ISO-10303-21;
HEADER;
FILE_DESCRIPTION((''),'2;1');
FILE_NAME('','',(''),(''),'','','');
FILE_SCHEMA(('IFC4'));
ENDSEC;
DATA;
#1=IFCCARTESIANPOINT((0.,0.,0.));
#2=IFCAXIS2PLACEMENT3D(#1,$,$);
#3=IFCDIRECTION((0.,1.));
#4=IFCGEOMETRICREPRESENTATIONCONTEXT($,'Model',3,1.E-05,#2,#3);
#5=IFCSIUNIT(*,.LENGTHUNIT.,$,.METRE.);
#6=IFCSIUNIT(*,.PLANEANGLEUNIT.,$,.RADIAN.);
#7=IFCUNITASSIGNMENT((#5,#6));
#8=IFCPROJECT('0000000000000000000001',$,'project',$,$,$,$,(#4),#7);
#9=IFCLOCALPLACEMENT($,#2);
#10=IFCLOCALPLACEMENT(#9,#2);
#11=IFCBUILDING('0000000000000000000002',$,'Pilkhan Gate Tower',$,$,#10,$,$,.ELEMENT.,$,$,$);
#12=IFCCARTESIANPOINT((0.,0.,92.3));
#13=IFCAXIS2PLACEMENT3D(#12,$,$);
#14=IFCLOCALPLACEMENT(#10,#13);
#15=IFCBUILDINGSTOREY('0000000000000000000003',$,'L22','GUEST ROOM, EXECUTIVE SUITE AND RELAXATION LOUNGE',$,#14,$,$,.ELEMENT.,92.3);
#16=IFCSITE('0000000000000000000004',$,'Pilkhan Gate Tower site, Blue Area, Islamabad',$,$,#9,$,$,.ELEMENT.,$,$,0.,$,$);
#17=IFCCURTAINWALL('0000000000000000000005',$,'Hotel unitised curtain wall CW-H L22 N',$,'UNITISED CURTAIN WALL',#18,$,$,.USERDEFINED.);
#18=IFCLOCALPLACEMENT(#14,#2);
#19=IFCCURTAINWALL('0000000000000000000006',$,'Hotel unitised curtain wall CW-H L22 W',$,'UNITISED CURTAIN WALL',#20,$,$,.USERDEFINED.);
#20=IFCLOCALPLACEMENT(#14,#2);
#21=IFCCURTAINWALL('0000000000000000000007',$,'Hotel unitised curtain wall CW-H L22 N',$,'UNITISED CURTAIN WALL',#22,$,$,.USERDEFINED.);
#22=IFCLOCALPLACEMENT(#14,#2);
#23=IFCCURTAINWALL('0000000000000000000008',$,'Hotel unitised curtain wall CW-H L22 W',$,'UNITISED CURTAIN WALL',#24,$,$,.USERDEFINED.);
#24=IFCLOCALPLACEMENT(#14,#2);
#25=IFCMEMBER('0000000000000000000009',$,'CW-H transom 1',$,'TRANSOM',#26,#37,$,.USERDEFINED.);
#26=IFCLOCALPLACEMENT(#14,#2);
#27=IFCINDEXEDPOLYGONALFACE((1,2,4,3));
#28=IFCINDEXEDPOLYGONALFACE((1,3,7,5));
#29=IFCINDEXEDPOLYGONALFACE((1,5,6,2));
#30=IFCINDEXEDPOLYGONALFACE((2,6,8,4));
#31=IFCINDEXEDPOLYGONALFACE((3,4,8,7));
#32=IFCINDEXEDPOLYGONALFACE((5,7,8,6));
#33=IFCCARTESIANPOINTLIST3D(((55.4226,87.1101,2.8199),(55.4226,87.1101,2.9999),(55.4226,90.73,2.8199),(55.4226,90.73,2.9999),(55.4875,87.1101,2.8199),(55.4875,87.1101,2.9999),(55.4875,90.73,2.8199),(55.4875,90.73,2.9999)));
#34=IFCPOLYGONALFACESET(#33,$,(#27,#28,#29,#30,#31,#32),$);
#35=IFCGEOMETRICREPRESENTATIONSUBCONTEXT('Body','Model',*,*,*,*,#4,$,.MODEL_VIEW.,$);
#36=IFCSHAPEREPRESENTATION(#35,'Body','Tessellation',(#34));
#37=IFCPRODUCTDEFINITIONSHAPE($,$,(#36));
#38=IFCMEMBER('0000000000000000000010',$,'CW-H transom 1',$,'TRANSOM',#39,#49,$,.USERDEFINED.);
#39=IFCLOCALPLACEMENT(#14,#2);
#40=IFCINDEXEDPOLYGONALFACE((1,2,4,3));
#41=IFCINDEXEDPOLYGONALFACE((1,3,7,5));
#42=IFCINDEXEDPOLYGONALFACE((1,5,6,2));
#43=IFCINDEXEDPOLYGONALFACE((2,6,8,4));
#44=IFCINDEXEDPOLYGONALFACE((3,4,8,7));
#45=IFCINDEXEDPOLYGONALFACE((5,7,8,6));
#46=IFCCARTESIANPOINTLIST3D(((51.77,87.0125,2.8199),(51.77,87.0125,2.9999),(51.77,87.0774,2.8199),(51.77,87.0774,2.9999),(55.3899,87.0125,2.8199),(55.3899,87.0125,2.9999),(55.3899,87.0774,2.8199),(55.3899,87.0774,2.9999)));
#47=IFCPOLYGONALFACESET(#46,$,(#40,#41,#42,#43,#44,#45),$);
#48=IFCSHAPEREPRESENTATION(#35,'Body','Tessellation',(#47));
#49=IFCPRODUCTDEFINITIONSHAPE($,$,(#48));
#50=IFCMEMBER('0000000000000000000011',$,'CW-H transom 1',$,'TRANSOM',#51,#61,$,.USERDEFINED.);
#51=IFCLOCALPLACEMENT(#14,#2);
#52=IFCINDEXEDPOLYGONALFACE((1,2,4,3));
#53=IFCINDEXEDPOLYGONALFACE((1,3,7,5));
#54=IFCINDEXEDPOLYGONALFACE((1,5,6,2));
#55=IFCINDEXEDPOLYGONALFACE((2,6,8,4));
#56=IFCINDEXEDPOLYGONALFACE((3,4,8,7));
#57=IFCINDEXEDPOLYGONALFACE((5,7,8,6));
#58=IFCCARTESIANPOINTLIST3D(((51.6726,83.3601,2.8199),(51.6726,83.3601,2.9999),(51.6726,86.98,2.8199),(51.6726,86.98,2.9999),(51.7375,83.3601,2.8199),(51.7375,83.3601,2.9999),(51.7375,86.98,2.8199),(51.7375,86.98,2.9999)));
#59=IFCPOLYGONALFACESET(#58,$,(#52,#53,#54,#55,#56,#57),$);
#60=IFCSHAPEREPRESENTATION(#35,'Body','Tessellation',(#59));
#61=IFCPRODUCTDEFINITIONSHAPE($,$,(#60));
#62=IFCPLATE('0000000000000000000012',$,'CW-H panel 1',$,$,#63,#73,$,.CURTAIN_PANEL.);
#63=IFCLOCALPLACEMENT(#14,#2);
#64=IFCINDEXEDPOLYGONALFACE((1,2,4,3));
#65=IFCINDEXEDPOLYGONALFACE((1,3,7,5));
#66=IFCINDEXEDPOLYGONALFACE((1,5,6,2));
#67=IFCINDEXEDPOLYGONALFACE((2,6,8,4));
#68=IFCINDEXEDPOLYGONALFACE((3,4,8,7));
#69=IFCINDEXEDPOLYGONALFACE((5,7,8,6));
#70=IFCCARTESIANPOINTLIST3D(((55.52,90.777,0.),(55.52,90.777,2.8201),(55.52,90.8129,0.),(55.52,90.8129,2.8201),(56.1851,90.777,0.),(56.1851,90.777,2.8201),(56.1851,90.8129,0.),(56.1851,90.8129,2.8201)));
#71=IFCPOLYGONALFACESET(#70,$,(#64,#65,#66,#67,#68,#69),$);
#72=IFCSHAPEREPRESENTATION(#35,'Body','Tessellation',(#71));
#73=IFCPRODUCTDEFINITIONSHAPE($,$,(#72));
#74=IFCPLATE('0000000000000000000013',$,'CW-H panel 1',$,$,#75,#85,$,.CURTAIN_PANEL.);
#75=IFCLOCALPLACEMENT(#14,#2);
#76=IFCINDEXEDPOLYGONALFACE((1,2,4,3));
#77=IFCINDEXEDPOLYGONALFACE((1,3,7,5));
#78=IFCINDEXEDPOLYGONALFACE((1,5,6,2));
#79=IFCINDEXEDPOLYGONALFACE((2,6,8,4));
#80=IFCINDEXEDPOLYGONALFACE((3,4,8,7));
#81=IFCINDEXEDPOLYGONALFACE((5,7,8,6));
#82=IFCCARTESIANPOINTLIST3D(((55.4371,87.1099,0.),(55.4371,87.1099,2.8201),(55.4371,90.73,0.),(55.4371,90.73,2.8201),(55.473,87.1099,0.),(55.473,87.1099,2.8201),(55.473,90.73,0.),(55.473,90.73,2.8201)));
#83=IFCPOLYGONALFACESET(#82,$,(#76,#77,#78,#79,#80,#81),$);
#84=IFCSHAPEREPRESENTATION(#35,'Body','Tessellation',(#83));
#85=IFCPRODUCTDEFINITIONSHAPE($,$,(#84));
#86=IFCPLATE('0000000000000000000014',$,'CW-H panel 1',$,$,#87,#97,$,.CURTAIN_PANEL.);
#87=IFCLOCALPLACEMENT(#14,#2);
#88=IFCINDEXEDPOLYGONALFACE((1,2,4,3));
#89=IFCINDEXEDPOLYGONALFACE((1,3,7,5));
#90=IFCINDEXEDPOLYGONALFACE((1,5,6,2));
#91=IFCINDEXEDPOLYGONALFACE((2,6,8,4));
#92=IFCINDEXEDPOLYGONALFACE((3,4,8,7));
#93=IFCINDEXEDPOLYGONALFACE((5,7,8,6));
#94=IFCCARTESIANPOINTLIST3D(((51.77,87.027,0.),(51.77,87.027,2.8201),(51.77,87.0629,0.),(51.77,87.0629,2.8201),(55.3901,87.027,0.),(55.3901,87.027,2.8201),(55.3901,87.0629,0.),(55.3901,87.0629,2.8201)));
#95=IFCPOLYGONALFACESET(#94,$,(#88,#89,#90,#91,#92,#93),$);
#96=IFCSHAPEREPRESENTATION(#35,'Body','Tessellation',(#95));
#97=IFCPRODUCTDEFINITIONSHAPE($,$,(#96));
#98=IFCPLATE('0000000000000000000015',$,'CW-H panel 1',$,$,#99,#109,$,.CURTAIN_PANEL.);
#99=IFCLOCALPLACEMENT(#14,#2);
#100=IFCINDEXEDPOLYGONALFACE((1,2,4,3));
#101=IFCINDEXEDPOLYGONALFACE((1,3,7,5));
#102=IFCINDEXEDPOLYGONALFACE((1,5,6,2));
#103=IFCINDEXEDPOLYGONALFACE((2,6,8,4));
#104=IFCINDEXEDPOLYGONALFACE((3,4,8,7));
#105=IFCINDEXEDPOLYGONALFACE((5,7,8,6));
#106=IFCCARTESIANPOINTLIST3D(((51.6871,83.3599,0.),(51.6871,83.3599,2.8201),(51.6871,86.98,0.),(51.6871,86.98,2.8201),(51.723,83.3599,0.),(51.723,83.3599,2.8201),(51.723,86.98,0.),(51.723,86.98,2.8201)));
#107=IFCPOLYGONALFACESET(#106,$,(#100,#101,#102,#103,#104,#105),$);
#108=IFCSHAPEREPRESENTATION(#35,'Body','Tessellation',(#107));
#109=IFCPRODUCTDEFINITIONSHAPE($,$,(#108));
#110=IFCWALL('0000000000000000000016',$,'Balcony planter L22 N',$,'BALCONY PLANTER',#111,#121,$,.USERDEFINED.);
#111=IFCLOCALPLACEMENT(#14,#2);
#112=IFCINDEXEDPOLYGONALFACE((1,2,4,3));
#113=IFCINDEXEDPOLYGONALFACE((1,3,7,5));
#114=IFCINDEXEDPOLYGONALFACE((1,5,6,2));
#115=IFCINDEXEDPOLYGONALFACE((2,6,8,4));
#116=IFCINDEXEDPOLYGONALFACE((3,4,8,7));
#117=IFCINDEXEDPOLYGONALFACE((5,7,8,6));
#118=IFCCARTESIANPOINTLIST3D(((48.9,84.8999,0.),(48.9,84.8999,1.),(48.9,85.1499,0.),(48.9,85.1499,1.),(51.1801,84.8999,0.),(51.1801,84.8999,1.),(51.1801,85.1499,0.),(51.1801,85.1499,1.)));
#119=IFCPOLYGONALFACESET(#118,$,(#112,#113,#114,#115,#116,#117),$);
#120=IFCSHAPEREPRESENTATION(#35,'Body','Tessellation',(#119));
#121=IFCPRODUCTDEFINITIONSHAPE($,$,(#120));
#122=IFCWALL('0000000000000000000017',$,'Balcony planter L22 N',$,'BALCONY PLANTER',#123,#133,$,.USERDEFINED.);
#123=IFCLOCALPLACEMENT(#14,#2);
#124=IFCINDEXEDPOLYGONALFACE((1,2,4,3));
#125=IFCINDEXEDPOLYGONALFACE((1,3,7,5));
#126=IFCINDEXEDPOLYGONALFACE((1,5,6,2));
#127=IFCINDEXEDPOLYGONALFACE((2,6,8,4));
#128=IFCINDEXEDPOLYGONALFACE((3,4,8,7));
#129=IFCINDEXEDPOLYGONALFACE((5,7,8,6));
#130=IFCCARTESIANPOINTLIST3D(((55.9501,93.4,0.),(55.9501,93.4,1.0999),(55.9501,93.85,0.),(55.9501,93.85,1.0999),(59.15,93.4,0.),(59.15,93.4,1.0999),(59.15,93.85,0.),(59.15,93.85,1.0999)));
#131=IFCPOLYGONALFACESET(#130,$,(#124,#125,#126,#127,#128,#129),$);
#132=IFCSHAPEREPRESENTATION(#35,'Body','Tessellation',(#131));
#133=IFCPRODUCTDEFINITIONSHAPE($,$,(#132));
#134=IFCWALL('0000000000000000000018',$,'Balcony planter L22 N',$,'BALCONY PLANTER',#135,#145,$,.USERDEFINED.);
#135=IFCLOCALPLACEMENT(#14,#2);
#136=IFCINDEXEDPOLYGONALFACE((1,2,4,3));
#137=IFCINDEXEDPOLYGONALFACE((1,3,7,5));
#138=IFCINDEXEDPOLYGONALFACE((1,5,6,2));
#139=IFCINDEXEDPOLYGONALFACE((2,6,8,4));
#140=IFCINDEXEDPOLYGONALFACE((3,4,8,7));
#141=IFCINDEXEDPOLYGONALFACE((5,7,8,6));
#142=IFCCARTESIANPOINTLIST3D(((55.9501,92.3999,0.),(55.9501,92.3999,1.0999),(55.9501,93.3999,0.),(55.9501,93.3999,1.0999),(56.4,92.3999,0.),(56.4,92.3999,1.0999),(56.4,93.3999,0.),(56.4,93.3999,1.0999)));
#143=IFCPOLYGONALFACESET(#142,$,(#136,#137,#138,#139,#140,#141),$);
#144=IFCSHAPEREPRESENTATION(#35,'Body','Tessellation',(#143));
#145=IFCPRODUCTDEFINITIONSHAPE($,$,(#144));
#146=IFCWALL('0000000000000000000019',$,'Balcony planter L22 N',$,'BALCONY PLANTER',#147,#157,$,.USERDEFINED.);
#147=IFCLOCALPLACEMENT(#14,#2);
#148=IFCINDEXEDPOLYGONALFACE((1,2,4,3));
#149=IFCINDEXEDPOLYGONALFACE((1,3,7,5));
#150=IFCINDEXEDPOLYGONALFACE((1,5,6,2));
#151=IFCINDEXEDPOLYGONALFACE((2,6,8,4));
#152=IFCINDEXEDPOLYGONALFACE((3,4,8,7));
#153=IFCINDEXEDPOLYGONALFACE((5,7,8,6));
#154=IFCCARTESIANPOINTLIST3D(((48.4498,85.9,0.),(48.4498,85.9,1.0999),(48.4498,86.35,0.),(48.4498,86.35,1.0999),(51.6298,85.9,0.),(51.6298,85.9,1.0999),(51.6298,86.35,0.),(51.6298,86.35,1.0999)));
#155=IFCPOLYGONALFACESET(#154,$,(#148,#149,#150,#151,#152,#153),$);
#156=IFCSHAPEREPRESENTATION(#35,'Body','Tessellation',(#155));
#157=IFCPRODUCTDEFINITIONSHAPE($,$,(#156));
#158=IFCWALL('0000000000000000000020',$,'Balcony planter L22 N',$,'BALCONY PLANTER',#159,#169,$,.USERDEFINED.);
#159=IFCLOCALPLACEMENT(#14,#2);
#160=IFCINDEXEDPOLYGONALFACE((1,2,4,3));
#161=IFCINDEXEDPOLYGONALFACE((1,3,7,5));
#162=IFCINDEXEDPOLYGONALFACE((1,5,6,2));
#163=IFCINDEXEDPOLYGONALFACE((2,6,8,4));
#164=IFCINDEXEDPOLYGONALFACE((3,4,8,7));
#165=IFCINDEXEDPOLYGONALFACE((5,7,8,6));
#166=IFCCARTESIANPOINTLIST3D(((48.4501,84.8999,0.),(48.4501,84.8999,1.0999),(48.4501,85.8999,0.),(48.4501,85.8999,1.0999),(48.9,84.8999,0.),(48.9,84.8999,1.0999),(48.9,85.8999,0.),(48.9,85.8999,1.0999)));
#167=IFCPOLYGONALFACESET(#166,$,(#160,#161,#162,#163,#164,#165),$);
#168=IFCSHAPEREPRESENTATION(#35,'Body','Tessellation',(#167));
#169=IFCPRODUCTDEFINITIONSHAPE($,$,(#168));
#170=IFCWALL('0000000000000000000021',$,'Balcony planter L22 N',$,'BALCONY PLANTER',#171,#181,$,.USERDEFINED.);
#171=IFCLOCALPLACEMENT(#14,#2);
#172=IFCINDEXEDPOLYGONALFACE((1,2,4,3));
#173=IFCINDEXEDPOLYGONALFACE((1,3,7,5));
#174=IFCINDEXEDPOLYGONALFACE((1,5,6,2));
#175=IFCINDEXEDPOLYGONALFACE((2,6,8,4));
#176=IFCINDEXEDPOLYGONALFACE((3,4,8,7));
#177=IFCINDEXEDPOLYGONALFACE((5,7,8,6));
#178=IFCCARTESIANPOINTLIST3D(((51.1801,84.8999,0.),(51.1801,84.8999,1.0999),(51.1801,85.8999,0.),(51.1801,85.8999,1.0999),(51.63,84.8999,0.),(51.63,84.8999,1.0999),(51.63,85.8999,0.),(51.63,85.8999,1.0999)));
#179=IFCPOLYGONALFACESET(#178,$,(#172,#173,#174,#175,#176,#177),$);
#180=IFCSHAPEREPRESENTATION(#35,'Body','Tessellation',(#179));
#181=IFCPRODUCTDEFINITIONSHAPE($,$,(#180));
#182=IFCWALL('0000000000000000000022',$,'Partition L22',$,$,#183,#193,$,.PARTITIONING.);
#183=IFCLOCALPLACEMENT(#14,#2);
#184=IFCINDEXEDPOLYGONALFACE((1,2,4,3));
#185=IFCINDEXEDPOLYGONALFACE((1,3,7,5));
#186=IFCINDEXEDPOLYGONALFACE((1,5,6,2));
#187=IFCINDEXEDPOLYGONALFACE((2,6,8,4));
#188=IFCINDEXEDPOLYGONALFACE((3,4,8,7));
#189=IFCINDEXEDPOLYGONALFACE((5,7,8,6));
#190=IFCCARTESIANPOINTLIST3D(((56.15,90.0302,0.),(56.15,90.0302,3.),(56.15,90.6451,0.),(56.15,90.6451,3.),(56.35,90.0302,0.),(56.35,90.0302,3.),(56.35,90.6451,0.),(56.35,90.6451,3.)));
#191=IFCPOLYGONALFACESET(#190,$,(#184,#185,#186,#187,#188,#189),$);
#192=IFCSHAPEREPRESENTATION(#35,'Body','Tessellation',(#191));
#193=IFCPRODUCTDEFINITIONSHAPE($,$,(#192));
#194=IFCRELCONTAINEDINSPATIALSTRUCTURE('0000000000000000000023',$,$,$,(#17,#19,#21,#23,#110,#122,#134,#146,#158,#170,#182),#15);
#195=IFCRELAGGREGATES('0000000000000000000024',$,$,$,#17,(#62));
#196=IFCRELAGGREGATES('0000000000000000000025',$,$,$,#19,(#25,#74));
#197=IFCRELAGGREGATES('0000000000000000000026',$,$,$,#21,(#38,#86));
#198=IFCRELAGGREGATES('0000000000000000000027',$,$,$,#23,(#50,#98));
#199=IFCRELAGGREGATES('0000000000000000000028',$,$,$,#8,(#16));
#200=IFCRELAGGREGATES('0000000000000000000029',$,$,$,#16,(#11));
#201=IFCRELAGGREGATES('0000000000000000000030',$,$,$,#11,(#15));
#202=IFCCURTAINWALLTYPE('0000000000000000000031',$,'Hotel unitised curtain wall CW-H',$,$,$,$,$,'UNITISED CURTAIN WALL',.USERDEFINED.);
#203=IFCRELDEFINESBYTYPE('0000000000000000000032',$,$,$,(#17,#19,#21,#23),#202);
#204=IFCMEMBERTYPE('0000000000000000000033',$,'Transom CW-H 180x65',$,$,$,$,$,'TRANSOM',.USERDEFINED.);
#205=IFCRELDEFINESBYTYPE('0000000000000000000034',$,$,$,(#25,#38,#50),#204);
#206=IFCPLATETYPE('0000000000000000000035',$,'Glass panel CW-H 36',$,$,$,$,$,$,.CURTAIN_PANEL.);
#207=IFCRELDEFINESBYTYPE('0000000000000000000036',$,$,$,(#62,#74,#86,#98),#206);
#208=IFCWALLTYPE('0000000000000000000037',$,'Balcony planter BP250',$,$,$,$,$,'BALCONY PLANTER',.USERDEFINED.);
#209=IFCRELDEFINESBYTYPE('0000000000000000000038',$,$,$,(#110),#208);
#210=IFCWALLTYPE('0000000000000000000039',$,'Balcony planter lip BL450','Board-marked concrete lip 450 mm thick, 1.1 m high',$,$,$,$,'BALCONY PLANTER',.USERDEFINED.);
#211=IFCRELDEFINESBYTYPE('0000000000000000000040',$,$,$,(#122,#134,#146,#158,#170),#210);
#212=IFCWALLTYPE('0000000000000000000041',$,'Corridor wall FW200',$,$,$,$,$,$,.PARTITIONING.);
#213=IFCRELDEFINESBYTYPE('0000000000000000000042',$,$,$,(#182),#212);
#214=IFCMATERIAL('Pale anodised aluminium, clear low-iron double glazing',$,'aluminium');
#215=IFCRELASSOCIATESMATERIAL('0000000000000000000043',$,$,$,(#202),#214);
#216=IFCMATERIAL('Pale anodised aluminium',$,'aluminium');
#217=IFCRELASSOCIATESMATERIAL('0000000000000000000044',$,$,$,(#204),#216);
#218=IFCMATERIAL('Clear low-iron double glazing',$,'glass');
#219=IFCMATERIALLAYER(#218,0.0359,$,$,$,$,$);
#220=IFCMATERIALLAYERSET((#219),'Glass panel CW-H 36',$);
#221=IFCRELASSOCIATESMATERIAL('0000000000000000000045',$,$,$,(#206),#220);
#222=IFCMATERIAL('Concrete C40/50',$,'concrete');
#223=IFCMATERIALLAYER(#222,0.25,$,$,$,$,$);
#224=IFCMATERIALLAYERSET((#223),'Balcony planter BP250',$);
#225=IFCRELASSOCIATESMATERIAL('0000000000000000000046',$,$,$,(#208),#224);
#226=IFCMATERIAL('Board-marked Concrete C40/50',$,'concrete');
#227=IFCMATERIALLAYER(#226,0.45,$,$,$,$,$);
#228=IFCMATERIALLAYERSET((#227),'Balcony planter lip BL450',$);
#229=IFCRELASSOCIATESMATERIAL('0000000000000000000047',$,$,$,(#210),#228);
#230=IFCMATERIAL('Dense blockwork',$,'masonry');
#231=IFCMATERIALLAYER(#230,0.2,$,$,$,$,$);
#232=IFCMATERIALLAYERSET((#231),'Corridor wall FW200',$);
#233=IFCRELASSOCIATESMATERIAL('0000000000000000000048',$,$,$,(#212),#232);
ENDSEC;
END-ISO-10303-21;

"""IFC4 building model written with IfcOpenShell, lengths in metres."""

from ifc_helpers import new_model, si_unit, direction, frame, frame_2d, origin, origin_2d, place, context, subcontext, project, spatial, rectangle, extrude, material, layer, layer_set, material_profile, profile_set, type_object, element, aggregate, save


model = new_model("IFC4")

# Units and contexts
model_context = context("Model", 3, precision=1e-05, world=origin(), true_north=direction((0.0, 1.0)))
body_context = subcontext(model_context, "Body", "Model", "MODEL_VIEW")
ifc_project = project(units=[si_unit("LENGTHUNIT", "METRE"), si_unit("PLANEANGLEUNIT", "RADIAN")], contexts=[model_context])

# Site, building, storey
site_placement = place(None, origin())
site = spatial("IfcSite", under=ifc_project, at=site_placement, Name="Pilkhan Gate Tower site, Blue Area, Islamabad", CompositionType="ELEMENT", RefElevation=0.0)
building_placement = place(site_placement, origin())
building = spatial("IfcBuilding", under=site, at=building_placement, Name="Pilkhan Gate Tower", CompositionType="ELEMENT")
storey_placement = place(building_placement, frame((0.0, 0.0, 92.3)))
storey = spatial("IfcBuildingStorey", under=building, at=storey_placement, Name="L22", Description="GUEST ROOM, EXECUTIVE SUITE AND RELAXATION LOUNGE", CompositionType="ELEMENT", Elevation=92.3)

# Curtain walls
ifc_material_1 = material(Name="Pale anodised aluminium, clear low-iron double glazing", Category="aluminium")
curtain_wall_type = type_object("IfcCurtainWallType", Name="Hotel unitised curtain wall CW-H", ElementType="UNITISED CURTAIN WALL", PredefinedType="USERDEFINED", material=ifc_material_1)
curtain_wall_1_placement = place(storey_placement, origin())
curtain_wall_1 = element("IfcCurtainWall", 1, at=curtain_wall_1_placement, inside=storey, type_object=curtain_wall_type, Name="Hotel unitised curtain wall CW-H L22 N", ObjectType="UNITISED CURTAIN WALL", PredefinedType="USERDEFINED")
ifc_material_2 = material(Name="Pale anodised aluminium", Category="aluminium")
curtain_wall_2_placement = place(storey_placement, origin())
curtain_wall_2 = element("IfcCurtainWall", 2, at=curtain_wall_2_placement, inside=storey, type_object=curtain_wall_type, Name="Hotel unitised curtain wall CW-H L22 W", ObjectType="UNITISED CURTAIN WALL", PredefinedType="USERDEFINED")
curtain_wall_3_placement = place(storey_placement, origin())
curtain_wall_3 = element("IfcCurtainWall", 3, at=curtain_wall_3_placement, inside=storey, type_object=curtain_wall_type, Name="Hotel unitised curtain wall CW-H L22 N", ObjectType="UNITISED CURTAIN WALL", PredefinedType="USERDEFINED")
curtain_wall_4_placement = place(storey_placement, origin())
curtain_wall_4 = element("IfcCurtainWall", 4, at=curtain_wall_4_placement, inside=storey, type_object=curtain_wall_type, Name="Hotel unitised curtain wall CW-H L22 W", ObjectType="UNITISED CURTAIN WALL", PredefinedType="USERDEFINED")

# Members
ifc_material_profile_1 = material_profile(ifc_material_2, rectangle(XDim=0.0649, YDim=0.1799, at=origin_2d()), Name="Transom 180x65")
ifc_profile_set_1 = profile_set([ifc_material_profile_1], Name="Pale anodised aluminium")
member_type_1 = type_object("IfcMemberType", Name="Transom CW-H 180x65", ElementType="TRANSOM", PredefinedType="USERDEFINED", material=ifc_profile_set_1)
member_1_placement = place(storey_placement, frame((55.4551, 87.1101, 2.9099), z_axis=(0.0, 1.0, 0.0), x_axis=(-1.0, 0.0, 0.0)))
member_1 = element("IfcMember", 5, at=member_1_placement, type_object=member_type_1, Name="CW-H transom 1", ObjectType="TRANSOM", PredefinedType="USERDEFINED", context=body_context, shape_type="SweptSolid", body=[
    extrude(rectangle(XDim=0.0649, YDim=0.1799, at=origin_2d()), origin(), (0.0, 0.0, 1.0), 3.6199),
])
member_2_placement = place(storey_placement, frame((51.77, 87.0449, 2.9099), z_axis=(1.0, 0.0, 0.0), x_axis=(0.0, 1.0, 0.0)))
member_2 = element("IfcMember", 6, at=member_2_placement, type_object=member_type_1, Name="CW-H transom 1", ObjectType="TRANSOM", PredefinedType="USERDEFINED", context=body_context, shape_type="SweptSolid", body=[
    extrude(rectangle(XDim=0.0649, YDim=0.1799, at=origin_2d()), origin(), (0.0, 0.0, 1.0), 3.6199),
])
member_3_placement = place(storey_placement, frame((51.7051, 83.3601, 2.9099), z_axis=(0.0, 1.0, 0.0), x_axis=(-1.0, 0.0, 0.0)))
member_3 = element("IfcMember", 7, at=member_3_placement, type_object=member_type_1, Name="CW-H transom 1", ObjectType="TRANSOM", PredefinedType="USERDEFINED", context=body_context, shape_type="SweptSolid", body=[
    extrude(rectangle(XDim=0.0649, YDim=0.1799, at=origin_2d()), origin(), (0.0, 0.0, 1.0), 3.6199),
])

# Plates
ifc_material_3 = material(Name="Clear low-iron double glazing", Category="glass")
ifc_layer_1 = layer(ifc_material_3, 0.0359)
ifc_layer_set_1 = layer_set([ifc_layer_1], Name="Glass panel CW-H 36")
plate_type = type_object("IfcPlateType", Name="Glass panel CW-H 36", PredefinedType="CURTAIN_PANEL", material=ifc_layer_set_1)
plate_1_placement = place(storey_placement, frame((55.8525, 90.7949, 0.0), z_axis=(0.0, 0.0, 1.0), x_axis=(1.0, 0.0, 0.0)))
plate_1 = element("IfcPlate", 8, at=plate_1_placement, type_object=plate_type, Name="CW-H panel 1", PredefinedType="CURTAIN_PANEL", context=body_context, shape_type="SweptSolid", body=[
    extrude(rectangle(XDim=0.665, YDim=0.0359, at=origin_2d()), origin(), (0.0, 0.0, 1.0), 2.8201),
])
aggregate(curtain_wall_1, [plate_1])
plate_2_placement = place(storey_placement, frame((55.4551, 88.9199, 0.0), z_axis=(0.0, 0.0, 1.0), x_axis=(0.0, 1.0, 0.0)))
plate_2 = element("IfcPlate", 9, at=plate_2_placement, type_object=plate_type, Name="CW-H panel 1", PredefinedType="CURTAIN_PANEL", context=body_context, shape_type="SweptSolid", body=[
    extrude(rectangle(XDim=3.6201, YDim=0.0359, at=origin_2d()), origin(), (0.0, 0.0, 1.0), 2.8201),
])
aggregate(curtain_wall_2, [member_1, plate_2])
plate_3_placement = place(storey_placement, frame((53.5801, 87.0449, 0.0), z_axis=(0.0, 0.0, 1.0), x_axis=(1.0, 0.0, 0.0)))
plate_3 = element("IfcPlate", 10, at=plate_3_placement, type_object=plate_type, Name="CW-H panel 1", PredefinedType="CURTAIN_PANEL", context=body_context, shape_type="SweptSolid", body=[
    extrude(rectangle(XDim=3.6201, YDim=0.0359, at=origin_2d()), origin(), (0.0, 0.0, 1.0), 2.8201),
])
aggregate(curtain_wall_3, [member_2, plate_3])
plate_4_placement = place(storey_placement, frame((51.7051, 85.1699, 0.0), z_axis=(0.0, 0.0, 1.0), x_axis=(0.0, 1.0, 0.0)))
plate_4 = element("IfcPlate", 11, at=plate_4_placement, type_object=plate_type, Name="CW-H panel 1", PredefinedType="CURTAIN_PANEL", context=body_context, shape_type="SweptSolid", body=[
    extrude(rectangle(XDim=3.6201, YDim=0.0359, at=origin_2d()), origin(), (0.0, 0.0, 1.0), 2.8201),
])
aggregate(curtain_wall_4, [member_3, plate_4])

# Walls
ifc_material_4 = material(Name="Concrete C40/50", Category="concrete")
ifc_layer_2 = layer(ifc_material_4, 0.25)
ifc_layer_set_2 = layer_set([ifc_layer_2], Name="Balcony planter BP250")
wall_type_1 = type_object("IfcWallType", Name="Balcony planter BP250", ElementType="BALCONY PLANTER", PredefinedType="USERDEFINED", material=ifc_layer_set_2)
wall_1_placement = place(storey_placement, frame((48.8999, 85.0249, 0.0), z_axis=(0.0, 0.0, 1.0), x_axis=(1.0, 0.0, 0.0)))
element("IfcWall", 12, at=wall_1_placement, inside=storey, type_object=wall_type_1, Name="Balcony planter L22 N", ObjectType="BALCONY PLANTER", PredefinedType="USERDEFINED", context=body_context, shape_type="SweptSolid", body=[
    extrude(rectangle(XDim=2.28, YDim=0.25, at=frame_2d((1.1401, 0.0))), origin(), (0.0, 0.0, 1.0), 1.0),
])
ifc_material_5 = material(Name="Board-marked Concrete C40/50", Category="concrete")
ifc_layer_3 = layer(ifc_material_5, 0.45)
ifc_layer_set_3 = layer_set([ifc_layer_3], Name="Balcony planter lip BL450")
wall_type_2 = type_object("IfcWallType", Name="Balcony planter lip BL450", Description="Board-marked concrete lip 450 mm thick, 1.1 m high", ElementType="BALCONY PLANTER", PredefinedType="USERDEFINED", material=ifc_layer_set_3)
wall_2_placement = place(storey_placement, frame((55.95, 93.625, 0.0), z_axis=(0.0, 0.0, 1.0), x_axis=(1.0, 0.0, 0.0)))
element("IfcWall", 13, at=wall_2_placement, inside=storey, type_object=wall_type_2, Name="Balcony planter L22 N", ObjectType="BALCONY PLANTER", PredefinedType="USERDEFINED", context=body_context, shape_type="SweptSolid", body=[
    extrude(rectangle(XDim=3.2, YDim=0.45, at=frame_2d((1.6001, 0.0))), origin(), (0.0, 0.0, 1.0), 1.0999),
])
wall_3_placement = place(storey_placement, frame((56.175, 92.3999, 0.0), z_axis=(0.0, 0.0, 1.0), x_axis=(0.0, 1.0, 0.0)))
element("IfcWall", 14, at=wall_3_placement, inside=storey, type_object=wall_type_2, Name="Balcony planter L22 N", ObjectType="BALCONY PLANTER", PredefinedType="USERDEFINED", context=body_context, shape_type="SweptSolid", body=[
    extrude(rectangle(XDim=1.0, YDim=0.45, at=frame_2d((0.5, 0.0))), origin(), (0.0, 0.0, 1.0), 1.0999),
])
wall_4_placement = place(storey_placement, frame((48.45, 86.125, 0.0), z_axis=(0.0, 0.0, 1.0), x_axis=(1.0, 0.0, 0.0)))
element("IfcWall", 15, at=wall_4_placement, inside=storey, type_object=wall_type_2, Name="Balcony planter L22 N", ObjectType="BALCONY PLANTER", PredefinedType="USERDEFINED", context=body_context, shape_type="SweptSolid", body=[
    extrude(rectangle(XDim=3.1799, YDim=0.45, at=frame_2d((1.5898, 0.0))), origin(), (0.0, 0.0, 1.0), 1.0999),
])
for number, where, z_axis, x_axis, name in (
    (16, (48.675, 84.8999, 0.0), (0.0, 0.0, 1.0), (0.0, 1.0, 0.0), "Balcony planter L22 N"),
    (17, (51.405, 84.8999, 0.0), (0.0, 0.0, 1.0), (0.0, 1.0, 0.0), "Balcony planter L22 N"),
):
    element("IfcWall", number, at=place(storey_placement, frame(where, z_axis=z_axis, x_axis=x_axis)), inside=storey, type_object=wall_type_2, Name=name, ObjectType="BALCONY PLANTER", PredefinedType="USERDEFINED", context=body_context, shape_type="SweptSolid", body=[
        extrude(rectangle(XDim=1.0, YDim=0.45, at=frame_2d((0.5, 0.0))), origin(), (0.0, 0.0, 1.0), 1.0999),
    ])
ifc_material_6 = material(Name="Dense blockwork", Category="masonry")
ifc_layer_4 = layer(ifc_material_6, 0.2)
ifc_layer_set_4 = layer_set([ifc_layer_4], Name="Corridor wall FW200")
wall_type_3 = type_object("IfcWallType", Name="Corridor wall FW200", PredefinedType="PARTITIONING", material=ifc_layer_set_4)
wall_5_placement = place(storey_placement, frame((56.25, 90.03, 0.0), z_axis=(0.0, 0.0, 1.0), x_axis=(0.0, 1.0, 0.0)))
element("IfcWall", 18, at=wall_5_placement, inside=storey, type_object=wall_type_3, Name="Partition L22", PredefinedType="PARTITIONING", context=body_context, shape_type="SweptSolid", body=[
    extrude(rectangle(XDim=0.615, YDim=0.2, at=frame_2d((0.3076, 0.0))), origin(), (0.0, 0.0, 1.0), 3.0),
])

save(model, "model.ifc")
